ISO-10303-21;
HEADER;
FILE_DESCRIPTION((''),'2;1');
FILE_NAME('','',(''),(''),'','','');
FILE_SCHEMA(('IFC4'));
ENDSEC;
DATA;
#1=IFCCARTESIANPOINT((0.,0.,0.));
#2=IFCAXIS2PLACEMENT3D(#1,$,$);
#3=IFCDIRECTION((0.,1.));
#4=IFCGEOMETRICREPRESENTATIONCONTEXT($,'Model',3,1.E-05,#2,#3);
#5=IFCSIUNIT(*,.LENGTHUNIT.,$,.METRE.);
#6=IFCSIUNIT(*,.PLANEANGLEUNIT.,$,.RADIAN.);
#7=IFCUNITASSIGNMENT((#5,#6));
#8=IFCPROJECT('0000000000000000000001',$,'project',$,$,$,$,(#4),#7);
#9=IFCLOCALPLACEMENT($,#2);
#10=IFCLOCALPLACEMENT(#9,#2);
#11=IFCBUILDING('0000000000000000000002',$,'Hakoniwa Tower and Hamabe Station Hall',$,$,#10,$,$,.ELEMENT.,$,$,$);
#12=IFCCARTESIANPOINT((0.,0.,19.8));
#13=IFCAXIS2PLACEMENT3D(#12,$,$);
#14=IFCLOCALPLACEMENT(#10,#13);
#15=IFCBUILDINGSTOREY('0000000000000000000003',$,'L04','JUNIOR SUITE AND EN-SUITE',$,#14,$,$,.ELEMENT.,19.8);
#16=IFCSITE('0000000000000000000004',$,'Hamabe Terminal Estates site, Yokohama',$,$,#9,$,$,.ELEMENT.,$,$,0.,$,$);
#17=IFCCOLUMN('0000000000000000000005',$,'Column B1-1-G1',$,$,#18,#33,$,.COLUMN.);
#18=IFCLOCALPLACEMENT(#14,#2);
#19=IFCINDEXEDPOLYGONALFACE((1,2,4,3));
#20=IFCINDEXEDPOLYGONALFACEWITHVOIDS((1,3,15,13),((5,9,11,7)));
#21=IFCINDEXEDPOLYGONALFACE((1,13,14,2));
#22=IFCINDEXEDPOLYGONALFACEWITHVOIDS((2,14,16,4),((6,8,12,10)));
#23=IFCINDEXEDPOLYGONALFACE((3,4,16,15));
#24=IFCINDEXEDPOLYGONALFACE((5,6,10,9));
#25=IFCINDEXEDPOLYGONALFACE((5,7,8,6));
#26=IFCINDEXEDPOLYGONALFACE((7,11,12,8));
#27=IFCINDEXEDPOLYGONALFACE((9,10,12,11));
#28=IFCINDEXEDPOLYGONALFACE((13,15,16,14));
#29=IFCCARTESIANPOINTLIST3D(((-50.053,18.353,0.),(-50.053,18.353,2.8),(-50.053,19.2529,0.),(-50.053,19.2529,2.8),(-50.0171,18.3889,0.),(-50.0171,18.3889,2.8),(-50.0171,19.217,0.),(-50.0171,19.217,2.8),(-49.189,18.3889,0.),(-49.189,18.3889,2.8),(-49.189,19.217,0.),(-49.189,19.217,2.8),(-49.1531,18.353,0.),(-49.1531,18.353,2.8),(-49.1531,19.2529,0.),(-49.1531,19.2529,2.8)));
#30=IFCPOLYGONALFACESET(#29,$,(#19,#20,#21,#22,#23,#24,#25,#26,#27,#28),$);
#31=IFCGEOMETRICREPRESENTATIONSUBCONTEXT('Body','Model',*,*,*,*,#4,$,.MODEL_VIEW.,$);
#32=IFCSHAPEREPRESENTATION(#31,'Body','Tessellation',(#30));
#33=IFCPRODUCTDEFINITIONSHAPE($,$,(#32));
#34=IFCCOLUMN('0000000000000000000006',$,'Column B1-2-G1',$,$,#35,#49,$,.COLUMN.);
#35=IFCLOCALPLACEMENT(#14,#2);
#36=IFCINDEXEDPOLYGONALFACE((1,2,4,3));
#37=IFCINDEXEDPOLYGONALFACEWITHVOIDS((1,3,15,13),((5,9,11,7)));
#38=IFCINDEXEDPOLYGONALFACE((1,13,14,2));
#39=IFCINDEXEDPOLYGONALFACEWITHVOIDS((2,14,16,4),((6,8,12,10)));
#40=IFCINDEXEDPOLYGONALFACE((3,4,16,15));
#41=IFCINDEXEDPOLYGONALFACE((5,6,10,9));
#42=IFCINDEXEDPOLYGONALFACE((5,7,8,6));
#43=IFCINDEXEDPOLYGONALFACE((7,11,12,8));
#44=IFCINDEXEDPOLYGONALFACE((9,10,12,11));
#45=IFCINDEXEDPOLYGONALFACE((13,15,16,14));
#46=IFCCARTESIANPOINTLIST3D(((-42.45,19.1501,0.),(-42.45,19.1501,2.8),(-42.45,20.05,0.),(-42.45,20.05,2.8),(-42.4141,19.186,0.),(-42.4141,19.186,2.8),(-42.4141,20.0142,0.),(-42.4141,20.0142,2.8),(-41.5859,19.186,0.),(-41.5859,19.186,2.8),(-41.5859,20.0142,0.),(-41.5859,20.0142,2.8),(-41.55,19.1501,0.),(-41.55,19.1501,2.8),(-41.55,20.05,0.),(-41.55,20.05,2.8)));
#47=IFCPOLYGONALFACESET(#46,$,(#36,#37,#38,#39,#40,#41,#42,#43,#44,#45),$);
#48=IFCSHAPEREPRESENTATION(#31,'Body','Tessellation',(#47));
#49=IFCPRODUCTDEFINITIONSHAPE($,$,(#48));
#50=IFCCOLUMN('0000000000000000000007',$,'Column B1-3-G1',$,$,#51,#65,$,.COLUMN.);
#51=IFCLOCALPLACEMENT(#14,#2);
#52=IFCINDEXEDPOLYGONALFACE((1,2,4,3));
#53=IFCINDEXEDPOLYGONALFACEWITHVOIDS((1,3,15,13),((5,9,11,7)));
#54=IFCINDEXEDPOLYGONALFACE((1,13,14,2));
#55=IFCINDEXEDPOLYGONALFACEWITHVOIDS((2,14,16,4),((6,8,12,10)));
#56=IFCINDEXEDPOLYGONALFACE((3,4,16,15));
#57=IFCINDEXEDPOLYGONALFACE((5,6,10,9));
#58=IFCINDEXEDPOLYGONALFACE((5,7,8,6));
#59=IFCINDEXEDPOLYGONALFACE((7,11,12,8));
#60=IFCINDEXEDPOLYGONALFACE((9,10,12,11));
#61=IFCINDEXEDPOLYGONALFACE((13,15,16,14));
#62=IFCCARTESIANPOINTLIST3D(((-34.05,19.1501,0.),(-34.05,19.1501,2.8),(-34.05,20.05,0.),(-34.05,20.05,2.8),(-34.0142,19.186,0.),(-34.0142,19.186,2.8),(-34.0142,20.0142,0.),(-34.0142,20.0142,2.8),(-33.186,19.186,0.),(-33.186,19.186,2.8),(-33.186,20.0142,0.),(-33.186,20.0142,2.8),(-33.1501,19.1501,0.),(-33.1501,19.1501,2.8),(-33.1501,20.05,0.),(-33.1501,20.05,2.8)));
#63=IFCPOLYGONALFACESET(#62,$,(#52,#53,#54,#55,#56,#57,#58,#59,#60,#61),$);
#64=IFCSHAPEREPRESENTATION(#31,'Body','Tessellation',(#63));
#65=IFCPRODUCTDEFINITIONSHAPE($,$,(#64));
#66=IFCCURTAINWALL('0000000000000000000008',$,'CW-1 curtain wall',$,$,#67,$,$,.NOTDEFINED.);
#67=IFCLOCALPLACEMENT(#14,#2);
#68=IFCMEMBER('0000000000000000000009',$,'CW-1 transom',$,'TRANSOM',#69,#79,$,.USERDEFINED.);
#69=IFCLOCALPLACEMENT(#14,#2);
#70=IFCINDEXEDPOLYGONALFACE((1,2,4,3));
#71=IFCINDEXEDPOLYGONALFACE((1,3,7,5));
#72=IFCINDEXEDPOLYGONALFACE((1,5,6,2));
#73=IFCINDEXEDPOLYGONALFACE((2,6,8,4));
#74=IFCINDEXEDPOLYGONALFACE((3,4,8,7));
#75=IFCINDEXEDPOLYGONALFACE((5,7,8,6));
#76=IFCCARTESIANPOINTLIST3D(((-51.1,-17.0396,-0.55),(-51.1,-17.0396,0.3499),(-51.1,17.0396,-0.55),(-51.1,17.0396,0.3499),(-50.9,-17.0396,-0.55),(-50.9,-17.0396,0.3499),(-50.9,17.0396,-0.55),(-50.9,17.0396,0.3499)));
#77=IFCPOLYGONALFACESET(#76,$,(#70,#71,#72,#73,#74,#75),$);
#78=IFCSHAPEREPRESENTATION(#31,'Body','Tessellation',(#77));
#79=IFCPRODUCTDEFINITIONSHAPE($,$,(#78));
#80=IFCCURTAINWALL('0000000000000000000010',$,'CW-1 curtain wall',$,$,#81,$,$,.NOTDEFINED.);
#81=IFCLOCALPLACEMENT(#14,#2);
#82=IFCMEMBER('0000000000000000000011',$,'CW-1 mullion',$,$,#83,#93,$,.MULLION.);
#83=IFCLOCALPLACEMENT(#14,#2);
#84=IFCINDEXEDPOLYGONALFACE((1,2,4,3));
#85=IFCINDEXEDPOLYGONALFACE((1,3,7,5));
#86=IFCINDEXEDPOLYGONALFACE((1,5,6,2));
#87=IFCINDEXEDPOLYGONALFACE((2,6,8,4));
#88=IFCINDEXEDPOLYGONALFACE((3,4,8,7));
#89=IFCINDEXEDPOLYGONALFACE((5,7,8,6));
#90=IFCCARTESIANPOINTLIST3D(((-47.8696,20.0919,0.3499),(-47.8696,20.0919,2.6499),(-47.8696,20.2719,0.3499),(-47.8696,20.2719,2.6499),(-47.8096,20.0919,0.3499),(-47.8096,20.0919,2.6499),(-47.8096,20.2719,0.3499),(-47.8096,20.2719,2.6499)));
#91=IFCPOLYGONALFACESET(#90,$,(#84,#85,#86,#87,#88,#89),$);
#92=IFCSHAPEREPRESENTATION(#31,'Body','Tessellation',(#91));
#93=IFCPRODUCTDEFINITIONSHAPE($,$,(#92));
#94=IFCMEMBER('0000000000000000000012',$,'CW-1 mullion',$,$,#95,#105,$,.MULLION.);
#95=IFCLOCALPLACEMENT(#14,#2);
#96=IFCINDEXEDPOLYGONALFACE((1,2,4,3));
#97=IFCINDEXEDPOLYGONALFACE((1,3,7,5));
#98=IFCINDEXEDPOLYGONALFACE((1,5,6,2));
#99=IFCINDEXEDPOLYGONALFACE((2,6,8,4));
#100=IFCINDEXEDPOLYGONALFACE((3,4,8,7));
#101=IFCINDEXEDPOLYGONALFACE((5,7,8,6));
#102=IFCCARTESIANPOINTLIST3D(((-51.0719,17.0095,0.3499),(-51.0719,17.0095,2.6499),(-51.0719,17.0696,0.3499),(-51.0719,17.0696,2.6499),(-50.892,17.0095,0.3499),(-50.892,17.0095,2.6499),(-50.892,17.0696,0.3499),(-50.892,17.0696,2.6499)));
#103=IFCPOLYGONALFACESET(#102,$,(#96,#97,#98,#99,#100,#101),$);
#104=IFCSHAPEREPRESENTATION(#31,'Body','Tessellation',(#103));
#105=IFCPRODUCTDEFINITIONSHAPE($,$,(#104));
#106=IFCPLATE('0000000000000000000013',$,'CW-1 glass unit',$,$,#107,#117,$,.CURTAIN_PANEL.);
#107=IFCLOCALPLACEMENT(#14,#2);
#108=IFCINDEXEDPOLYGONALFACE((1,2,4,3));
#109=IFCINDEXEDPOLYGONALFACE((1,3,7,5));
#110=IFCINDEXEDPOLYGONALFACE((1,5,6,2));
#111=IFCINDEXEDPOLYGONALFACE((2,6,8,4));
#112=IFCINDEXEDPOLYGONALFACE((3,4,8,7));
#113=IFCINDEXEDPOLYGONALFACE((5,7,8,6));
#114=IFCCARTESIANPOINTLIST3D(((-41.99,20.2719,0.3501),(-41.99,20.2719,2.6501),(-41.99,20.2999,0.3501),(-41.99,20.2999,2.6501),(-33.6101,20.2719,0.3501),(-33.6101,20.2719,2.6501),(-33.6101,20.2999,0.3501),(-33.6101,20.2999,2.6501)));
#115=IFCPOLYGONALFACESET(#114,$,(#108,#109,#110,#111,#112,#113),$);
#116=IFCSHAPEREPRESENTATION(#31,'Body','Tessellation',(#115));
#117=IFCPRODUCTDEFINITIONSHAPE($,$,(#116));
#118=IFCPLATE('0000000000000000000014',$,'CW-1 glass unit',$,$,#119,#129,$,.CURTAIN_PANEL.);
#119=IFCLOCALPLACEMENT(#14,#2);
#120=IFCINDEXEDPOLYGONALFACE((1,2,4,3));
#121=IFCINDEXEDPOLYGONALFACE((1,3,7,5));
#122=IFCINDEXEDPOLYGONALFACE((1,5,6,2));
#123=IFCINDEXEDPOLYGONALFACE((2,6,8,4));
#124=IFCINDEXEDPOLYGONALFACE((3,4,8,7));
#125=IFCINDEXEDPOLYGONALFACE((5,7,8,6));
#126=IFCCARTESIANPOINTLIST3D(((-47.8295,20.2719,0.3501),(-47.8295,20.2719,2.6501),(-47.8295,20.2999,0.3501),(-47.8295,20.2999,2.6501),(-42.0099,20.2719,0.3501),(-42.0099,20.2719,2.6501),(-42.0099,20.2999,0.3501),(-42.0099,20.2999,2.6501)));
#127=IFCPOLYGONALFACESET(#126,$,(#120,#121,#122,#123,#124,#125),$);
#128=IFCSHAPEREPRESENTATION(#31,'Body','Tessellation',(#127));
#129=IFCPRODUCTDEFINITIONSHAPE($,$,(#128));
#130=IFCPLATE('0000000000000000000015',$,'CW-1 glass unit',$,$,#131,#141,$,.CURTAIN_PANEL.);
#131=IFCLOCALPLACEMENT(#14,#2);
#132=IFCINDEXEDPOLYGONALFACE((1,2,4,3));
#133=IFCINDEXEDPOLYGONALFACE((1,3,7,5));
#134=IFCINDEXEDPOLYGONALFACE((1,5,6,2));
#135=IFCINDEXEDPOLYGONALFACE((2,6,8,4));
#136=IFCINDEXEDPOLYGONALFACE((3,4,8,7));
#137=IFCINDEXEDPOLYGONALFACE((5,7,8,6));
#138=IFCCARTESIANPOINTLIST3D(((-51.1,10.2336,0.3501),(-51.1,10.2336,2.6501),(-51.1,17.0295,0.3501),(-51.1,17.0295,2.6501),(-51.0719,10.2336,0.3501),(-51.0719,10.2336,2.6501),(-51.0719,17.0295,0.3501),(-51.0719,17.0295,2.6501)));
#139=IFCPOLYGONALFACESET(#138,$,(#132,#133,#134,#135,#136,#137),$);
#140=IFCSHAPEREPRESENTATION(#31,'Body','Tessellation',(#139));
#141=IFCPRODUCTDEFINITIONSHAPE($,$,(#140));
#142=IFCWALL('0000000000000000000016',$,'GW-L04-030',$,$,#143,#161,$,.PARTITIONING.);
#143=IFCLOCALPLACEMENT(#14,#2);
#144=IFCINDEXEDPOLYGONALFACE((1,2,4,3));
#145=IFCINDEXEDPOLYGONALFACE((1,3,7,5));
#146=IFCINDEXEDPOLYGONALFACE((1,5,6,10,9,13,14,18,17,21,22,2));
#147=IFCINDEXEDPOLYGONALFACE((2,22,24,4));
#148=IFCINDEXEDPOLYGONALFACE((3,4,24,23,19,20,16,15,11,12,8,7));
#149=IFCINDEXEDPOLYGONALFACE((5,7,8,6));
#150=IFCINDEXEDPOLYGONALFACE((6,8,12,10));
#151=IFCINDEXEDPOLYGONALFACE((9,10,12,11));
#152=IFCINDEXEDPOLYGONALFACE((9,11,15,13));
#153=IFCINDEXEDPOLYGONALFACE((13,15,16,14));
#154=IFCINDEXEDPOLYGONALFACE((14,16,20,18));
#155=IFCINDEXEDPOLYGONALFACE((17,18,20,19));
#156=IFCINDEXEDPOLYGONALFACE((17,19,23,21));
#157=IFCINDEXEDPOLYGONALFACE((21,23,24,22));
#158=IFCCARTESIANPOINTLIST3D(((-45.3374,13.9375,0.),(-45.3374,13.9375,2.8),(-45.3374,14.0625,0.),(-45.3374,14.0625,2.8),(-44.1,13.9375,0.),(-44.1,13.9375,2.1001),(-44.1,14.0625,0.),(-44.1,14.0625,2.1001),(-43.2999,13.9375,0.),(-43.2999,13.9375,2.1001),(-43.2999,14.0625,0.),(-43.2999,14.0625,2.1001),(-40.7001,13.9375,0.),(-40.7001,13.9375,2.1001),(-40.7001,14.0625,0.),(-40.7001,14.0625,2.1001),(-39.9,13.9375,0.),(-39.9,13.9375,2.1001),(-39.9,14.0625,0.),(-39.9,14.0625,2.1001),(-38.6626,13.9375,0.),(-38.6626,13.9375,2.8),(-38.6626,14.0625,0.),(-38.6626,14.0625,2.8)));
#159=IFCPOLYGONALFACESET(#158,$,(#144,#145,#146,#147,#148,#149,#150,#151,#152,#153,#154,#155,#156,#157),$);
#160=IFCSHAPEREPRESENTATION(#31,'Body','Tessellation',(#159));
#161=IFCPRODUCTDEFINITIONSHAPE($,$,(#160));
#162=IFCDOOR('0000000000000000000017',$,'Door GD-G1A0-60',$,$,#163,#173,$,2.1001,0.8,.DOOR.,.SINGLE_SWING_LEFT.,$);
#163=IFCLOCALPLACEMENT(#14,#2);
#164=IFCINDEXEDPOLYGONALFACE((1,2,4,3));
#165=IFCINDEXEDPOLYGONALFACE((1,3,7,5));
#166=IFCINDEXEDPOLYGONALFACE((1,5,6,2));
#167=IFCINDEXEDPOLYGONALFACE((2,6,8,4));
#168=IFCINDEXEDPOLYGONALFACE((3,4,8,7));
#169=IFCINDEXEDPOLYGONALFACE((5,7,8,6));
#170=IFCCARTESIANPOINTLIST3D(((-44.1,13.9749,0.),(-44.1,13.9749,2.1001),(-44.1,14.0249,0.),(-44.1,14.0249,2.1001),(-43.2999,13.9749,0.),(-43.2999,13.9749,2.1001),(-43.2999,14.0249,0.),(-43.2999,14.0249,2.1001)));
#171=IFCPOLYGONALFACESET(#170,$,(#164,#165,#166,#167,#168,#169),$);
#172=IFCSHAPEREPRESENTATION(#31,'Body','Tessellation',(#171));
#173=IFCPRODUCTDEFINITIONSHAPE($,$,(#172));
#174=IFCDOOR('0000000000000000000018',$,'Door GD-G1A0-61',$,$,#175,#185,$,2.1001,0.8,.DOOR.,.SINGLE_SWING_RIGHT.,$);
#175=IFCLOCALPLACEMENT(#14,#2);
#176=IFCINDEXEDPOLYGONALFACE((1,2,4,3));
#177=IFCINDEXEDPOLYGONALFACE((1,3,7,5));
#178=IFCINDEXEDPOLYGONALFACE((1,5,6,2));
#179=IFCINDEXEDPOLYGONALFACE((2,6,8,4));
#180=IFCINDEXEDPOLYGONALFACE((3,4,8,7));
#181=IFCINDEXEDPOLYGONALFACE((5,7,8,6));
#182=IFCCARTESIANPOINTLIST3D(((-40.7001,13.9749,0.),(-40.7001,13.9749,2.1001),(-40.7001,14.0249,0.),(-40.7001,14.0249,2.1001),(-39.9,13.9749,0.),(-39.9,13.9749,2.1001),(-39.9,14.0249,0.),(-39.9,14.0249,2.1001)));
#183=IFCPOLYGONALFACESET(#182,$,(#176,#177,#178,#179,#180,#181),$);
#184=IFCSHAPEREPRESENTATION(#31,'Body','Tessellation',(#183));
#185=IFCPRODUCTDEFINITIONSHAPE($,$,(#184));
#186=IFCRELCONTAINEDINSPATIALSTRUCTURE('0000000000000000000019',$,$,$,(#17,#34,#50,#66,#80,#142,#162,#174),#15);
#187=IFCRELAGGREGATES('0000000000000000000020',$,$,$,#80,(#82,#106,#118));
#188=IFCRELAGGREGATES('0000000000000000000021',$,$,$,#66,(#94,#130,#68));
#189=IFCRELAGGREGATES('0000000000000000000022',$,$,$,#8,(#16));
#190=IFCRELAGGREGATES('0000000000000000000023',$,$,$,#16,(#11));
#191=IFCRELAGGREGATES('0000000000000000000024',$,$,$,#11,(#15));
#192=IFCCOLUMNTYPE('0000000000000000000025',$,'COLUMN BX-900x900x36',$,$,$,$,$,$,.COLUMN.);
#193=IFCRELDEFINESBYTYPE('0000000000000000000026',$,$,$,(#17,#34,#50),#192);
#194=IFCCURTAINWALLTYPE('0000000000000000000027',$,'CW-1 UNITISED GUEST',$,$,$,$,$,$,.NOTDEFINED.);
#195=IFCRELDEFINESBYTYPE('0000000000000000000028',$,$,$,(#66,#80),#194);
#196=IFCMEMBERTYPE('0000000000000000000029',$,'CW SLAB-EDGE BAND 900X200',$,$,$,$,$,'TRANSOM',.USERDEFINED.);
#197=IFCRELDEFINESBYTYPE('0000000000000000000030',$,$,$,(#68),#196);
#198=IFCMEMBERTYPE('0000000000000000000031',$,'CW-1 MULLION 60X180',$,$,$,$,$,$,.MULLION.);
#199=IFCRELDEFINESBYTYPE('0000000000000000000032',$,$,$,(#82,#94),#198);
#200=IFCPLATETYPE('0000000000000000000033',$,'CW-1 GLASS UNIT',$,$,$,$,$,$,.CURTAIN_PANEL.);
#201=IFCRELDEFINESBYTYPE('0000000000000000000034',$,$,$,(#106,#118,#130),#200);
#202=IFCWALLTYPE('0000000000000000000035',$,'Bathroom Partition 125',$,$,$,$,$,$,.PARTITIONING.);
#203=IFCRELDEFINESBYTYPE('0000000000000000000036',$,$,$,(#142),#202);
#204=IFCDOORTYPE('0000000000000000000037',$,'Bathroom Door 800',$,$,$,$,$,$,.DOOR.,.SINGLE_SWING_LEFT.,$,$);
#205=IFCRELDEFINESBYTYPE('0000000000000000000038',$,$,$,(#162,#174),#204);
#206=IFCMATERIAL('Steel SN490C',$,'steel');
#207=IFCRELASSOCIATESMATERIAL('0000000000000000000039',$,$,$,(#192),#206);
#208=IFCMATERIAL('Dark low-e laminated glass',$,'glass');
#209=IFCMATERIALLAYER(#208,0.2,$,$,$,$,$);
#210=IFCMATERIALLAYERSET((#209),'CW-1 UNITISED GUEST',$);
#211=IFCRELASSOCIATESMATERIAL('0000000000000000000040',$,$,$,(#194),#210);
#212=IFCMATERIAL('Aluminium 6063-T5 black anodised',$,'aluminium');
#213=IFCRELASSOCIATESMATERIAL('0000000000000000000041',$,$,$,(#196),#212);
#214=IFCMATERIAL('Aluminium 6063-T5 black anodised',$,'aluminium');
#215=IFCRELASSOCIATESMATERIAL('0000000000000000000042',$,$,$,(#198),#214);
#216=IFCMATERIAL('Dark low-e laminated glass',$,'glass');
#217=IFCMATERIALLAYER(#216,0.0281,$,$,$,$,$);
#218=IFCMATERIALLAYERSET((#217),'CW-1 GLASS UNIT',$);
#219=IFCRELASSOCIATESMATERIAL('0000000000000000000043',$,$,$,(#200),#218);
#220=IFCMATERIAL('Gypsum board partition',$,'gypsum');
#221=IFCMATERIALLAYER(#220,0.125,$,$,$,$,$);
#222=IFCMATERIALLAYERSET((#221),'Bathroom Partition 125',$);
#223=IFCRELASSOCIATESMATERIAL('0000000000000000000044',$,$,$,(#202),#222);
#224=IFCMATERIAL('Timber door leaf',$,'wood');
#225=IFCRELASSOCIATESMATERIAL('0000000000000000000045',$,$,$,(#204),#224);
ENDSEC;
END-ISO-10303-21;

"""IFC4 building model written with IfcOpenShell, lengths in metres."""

from ifc_helpers import new_model, si_unit, direction, frame, frame_2d, origin, origin_2d, place, context, subcontext, project, spatial, rectangle, hollow_rectangle, extrude, material, layer, layer_set, material_profile, profile_set, type_object, element, fill, aggregate, save


model = new_model("IFC4")

# Units and contexts
model_context = context("Model", 3, precision=1e-05, world=origin(), true_north=direction((0.0, 1.0)))
body_context = subcontext(model_context, "Body", "Model", "MODEL_VIEW")
ifc_project = project(units=[si_unit("LENGTHUNIT", "METRE"), si_unit("PLANEANGLEUNIT", "RADIAN")], contexts=[model_context])

# Site, building, storey
site_placement = place(None, origin())
site = spatial("IfcSite", under=ifc_project, at=site_placement, Name="Hamabe Terminal Estates site, Yokohama", CompositionType="ELEMENT", RefElevation=0.0)
building_placement = place(site_placement, origin())
building = spatial("IfcBuilding", under=site, at=building_placement, Name="Hakoniwa Tower and Hamabe Station Hall", CompositionType="ELEMENT")
storey_placement = place(building_placement, frame((0.0, 0.0, 19.8)))
storey = spatial("IfcBuildingStorey", under=building, at=storey_placement, Name="L04", Description="JUNIOR SUITE AND EN-SUITE", CompositionType="ELEMENT", Elevation=19.8)

# Columns
ifc_material_1 = material(Name="Steel SN490C", Category="steel")
ifc_material_profile_1 = material_profile(ifc_material_1, hollow_rectangle(XDim=0.8999, YDim=0.8999, WallThickness=0.0359, at=origin_2d()), Name="BX-900x900x36")
ifc_profile_set_1 = profile_set([ifc_material_profile_1], Name="Steel SN490C")
column_type = type_object("IfcColumnType", Name="COLUMN BX-900x900x36", PredefinedType="COLUMN", material=ifc_profile_set_1)
for number, where, z_axis, x_axis, name in (
    (1, (-49.603, 18.803, 0.0), (0.0, 0.0, 1.0), (1.0, 0.0, 0.0), "Column B1-1-G1"),
    (2, (-42.0, 19.6001, 0.0), (0.0, 0.0, 1.0), (1.0, 0.0, 0.0), "Column B1-2-G1"),
    (3, (-33.6001, 19.6001, 0.0), (0.0, 0.0, 1.0), (1.0, 0.0, 0.0), "Column B1-3-G1"),
):
    element("IfcColumn", number, at=place(storey_placement, frame(where, z_axis=z_axis, x_axis=x_axis)), inside=storey, type_object=column_type, Name=name, PredefinedType="COLUMN", context=body_context, shape_type="SweptSolid", body=[
        extrude(hollow_rectangle(XDim=0.8999, YDim=0.8999, WallThickness=0.0359, at=origin_2d()), origin(), (0.0, 0.0, 1.0), 2.8),
    ])

# Curtain walls, members
ifc_material_2 = material(Name="Dark low-e laminated glass", Category="glass")
ifc_layer_1 = layer(ifc_material_2, 0.2)
ifc_layer_set_1 = layer_set([ifc_layer_1], Name="CW-1 UNITISED GUEST")
curtain_wall_type = type_object("IfcCurtainWallType", Name="CW-1 UNITISED GUEST", PredefinedType="NOTDEFINED", material=ifc_layer_set_1)
curtain_wall_1_placement = place(storey_placement, origin())
curtain_wall_1 = element("IfcCurtainWall", 4, at=curtain_wall_1_placement, inside=storey, type_object=curtain_wall_type, Name="CW-1 curtain wall", PredefinedType="NOTDEFINED")
ifc_material_3 = material(Name="Aluminium 6063-T5 black anodised", Category="aluminium")
ifc_material_profile_2 = material_profile(ifc_material_3, rectangle(XDim=0.2, YDim=0.8999, at=origin_2d()), Name="CW SLAB-EDGE BAND 900X200")
ifc_profile_set_2 = profile_set([ifc_material_profile_2], Name="Aluminium 6063-T5 black anodised")
member_type_1 = type_object("IfcMemberType", Name="CW SLAB-EDGE BAND 900X200", ElementType="TRANSOM", PredefinedType="USERDEFINED", material=ifc_profile_set_2)
member_1_placement = place(storey_placement, frame((-51.0, 17.0396, -0.1001), z_axis=(0.0, -1.0, 0.0), x_axis=(1.0, 0.0, 0.0)))
member_1 = element("IfcMember", 5, at=member_1_placement, type_object=member_type_1, Name="CW-1 transom", ObjectType="TRANSOM", PredefinedType="USERDEFINED", context=body_context, shape_type="SweptSolid", body=[
    extrude(rectangle(XDim=0.2, YDim=0.8999, at=origin_2d()), origin(), (0.0, 0.0, 1.0), 34.0791),
])
curtain_wall_2_placement = place(storey_placement, origin())
curtain_wall_2 = element("IfcCurtainWall", 6, at=curtain_wall_2_placement, inside=storey, type_object=curtain_wall_type, Name="CW-1 curtain wall", PredefinedType="NOTDEFINED")
ifc_material_4 = material(Name="Aluminium 6063-T5 black anodised", Category="aluminium")
ifc_material_profile_3 = material_profile(ifc_material_4, rectangle(XDim=0.0601, YDim=0.1799, at=origin_2d()), Name="CW-1 MULLION 60X180")
ifc_profile_set_3 = profile_set([ifc_material_profile_3], Name="Aluminium 6063-T5 black anodised")
member_type_2 = type_object("IfcMemberType", Name="CW-1 MULLION 60X180", PredefinedType="MULLION", material=ifc_profile_set_3)
member_2_placement = place(storey_placement, frame((-47.8396, 20.1819, 0.3499), z_axis=(0.0, 0.0, 1.0), x_axis=(-1.0, 0.0, 0.0)))
member_2 = element("IfcMember", 7, at=member_2_placement, type_object=member_type_2, Name="CW-1 mullion", PredefinedType="MULLION", context=body_context, shape_type="SweptSolid", body=[
    extrude(rectangle(XDim=0.0601, YDim=0.1799, at=origin_2d()), origin(), (0.0, 0.0, 1.0), 2.3),
])

# Member
member_3_placement = place(storey_placement, frame((-50.9819, 17.0396, 0.3499), z_axis=(0.0, 0.0, 1.0), x_axis=(0.0, -1.0, 0.0)))
member_3 = element("IfcMember", 8, at=member_3_placement, type_object=member_type_2, Name="CW-1 mullion", PredefinedType="MULLION", context=body_context, shape_type="SweptSolid", body=[
    extrude(rectangle(XDim=0.0601, YDim=0.1799, at=origin_2d()), origin(), (0.0, 0.0, 1.0), 2.3),
])

# Plates
ifc_material_5 = material(Name="Dark low-e laminated glass", Category="glass")
ifc_layer_2 = layer(ifc_material_5, 0.0281)
ifc_layer_set_2 = layer_set([ifc_layer_2], Name="CW-1 GLASS UNIT")
plate_type = type_object("IfcPlateType", Name="CW-1 GLASS UNIT", PredefinedType="CURTAIN_PANEL", material=ifc_layer_set_2)
plate_1_placement = place(storey_placement, frame((-37.8, 20.2859, 0.3501), z_axis=(0.0, 0.0, 1.0), x_axis=(-1.0, 0.0, 0.0)))
plate_1 = element("IfcPlate", 9, at=plate_1_placement, type_object=plate_type, Name="CW-1 glass unit", PredefinedType="CURTAIN_PANEL", context=body_context, shape_type="SweptSolid", body=[
    extrude(rectangle(XDim=8.3799, YDim=0.0281, at=origin_2d()), origin(), (0.0, 0.0, 1.0), 2.3),
])
plate_2_placement = place(storey_placement, frame((-44.9197, 20.2859, 0.3501), z_axis=(0.0, 0.0, 1.0), x_axis=(-1.0, 0.0, 0.0)))
plate_2 = element("IfcPlate", 10, at=plate_2_placement, type_object=plate_type, Name="CW-1 glass unit", PredefinedType="CURTAIN_PANEL", context=body_context, shape_type="SweptSolid", body=[
    extrude(rectangle(XDim=5.8196, YDim=0.0281, at=origin_2d()), origin(), (0.0, 0.0, 1.0), 2.3),
])
aggregate(curtain_wall_2, [member_2, plate_1, plate_2])
plate_3_placement = place(storey_placement, frame((-51.0859, 13.6316, 0.3501), z_axis=(0.0, 0.0, 1.0), x_axis=(0.0, -1.0, 0.0)))
plate_3 = element("IfcPlate", 11, at=plate_3_placement, type_object=plate_type, Name="CW-1 glass unit", PredefinedType="CURTAIN_PANEL", context=body_context, shape_type="SweptSolid", body=[
    extrude(rectangle(XDim=6.7959, YDim=0.0281, at=origin_2d()), origin(), (0.0, 0.0, 1.0), 2.3),
])
aggregate(curtain_wall_1, [member_3, plate_3, member_1])

# Wall, openings, doors
ifc_material_6 = material(Name="Gypsum board partition", Category="gypsum")
ifc_layer_3 = layer(ifc_material_6, 0.125)
ifc_layer_set_3 = layer_set([ifc_layer_3], Name="Bathroom Partition 125")
wall_type_1 = type_object("IfcWallType", Name="Bathroom Partition 125", PredefinedType="PARTITIONING", material=ifc_layer_set_3)
wall_1_placement = place(storey_placement, frame((-45.3374, 14.0, 0.0), z_axis=(0.0, 0.0, 1.0), x_axis=(1.0, 0.0, 0.0)))
wall_1 = element("IfcWall", 12, at=wall_1_placement, inside=storey, type_object=wall_type_1, Name="GW-L04-030", PredefinedType="PARTITIONING", context=body_context, shape_type="SweptSolid", body=[
    extrude(rectangle(XDim=6.6748, YDim=0.125, at=frame_2d((3.3374, 0.0))), origin(), (0.0, 0.0, 1.0), 2.8),
])
opening_1_placement = place(wall_1_placement, frame((1.2375, 0.0, 0.0)))
opening_1 = element("IfcOpeningElement", 13, at=opening_1_placement, cuts=wall_1, PredefinedType="OPENING", context=body_context, shape_type="SweptSolid", body=[
    extrude(rectangle(XDim=0.8, YDim=2.1001, at=frame_2d((0.3999, 1.05))), frame((0.0, 0.0725, 0.0), z_axis=(0.0, -1.0, 0.0), x_axis=(1.0, 0.0, 0.0)), (0.0, 0.0, 1.0), 0.145),
])
opening_2_placement = place(wall_1_placement, frame((4.6375, 0.0, 0.0)))
opening_2 = element("IfcOpeningElement", 14, at=opening_2_placement, cuts=wall_1, PredefinedType="OPENING", context=body_context, shape_type="SweptSolid", body=[
    extrude(rectangle(XDim=0.8, YDim=2.1001, at=frame_2d((0.3999, 1.05))), frame((0.0, 0.0725, 0.0), z_axis=(0.0, -1.0, 0.0), x_axis=(1.0, 0.0, 0.0)), (0.0, 0.0, 1.0), 0.145),
])
ifc_material_7 = material(Name="Timber door leaf", Category="wood")
door_type = type_object("IfcDoorType", Name="Bathroom Door 800", OperationType="SINGLE_SWING_LEFT", PredefinedType="DOOR", material=ifc_material_7)
door_1_placement = place(opening_1_placement, origin())
door_1 = element("IfcDoor", 15, at=door_1_placement, inside=storey, type_object=door_type, Name="Door GD-G1A0-60", OperationType="SINGLE_SWING_LEFT", OverallHeight=2.1001, OverallWidth=0.8, PredefinedType="DOOR", context=body_context, shape_type="SweptSolid", body=[
    extrude(rectangle(XDim=0.8, YDim=2.1001, at=frame_2d((0.3999, 1.05))), frame((0.0, 0.0249, 0.0), z_axis=(0.0, -1.0, 0.0), x_axis=(1.0, 0.0, 0.0)), (0.0, 0.0, 1.0), 0.05),
])
fill(opening_1, door_1)
door_2_placement = place(opening_2_placement, origin())
door_2 = element("IfcDoor", 16, at=door_2_placement, inside=storey, type_object=door_type, Name="Door GD-G1A0-61", OperationType="SINGLE_SWING_RIGHT", OverallHeight=2.1001, OverallWidth=0.8, PredefinedType="DOOR", context=body_context, shape_type="SweptSolid", body=[
    extrude(rectangle(XDim=0.8, YDim=2.1001, at=frame_2d((0.3999, 1.05))), frame((0.0, 0.0249, 0.0), z_axis=(0.0, -1.0, 0.0), x_axis=(1.0, 0.0, 0.0)), (0.0, 0.0, 1.0), 0.05),
])
fill(opening_2, door_2)

save(model, "model.ifc")
